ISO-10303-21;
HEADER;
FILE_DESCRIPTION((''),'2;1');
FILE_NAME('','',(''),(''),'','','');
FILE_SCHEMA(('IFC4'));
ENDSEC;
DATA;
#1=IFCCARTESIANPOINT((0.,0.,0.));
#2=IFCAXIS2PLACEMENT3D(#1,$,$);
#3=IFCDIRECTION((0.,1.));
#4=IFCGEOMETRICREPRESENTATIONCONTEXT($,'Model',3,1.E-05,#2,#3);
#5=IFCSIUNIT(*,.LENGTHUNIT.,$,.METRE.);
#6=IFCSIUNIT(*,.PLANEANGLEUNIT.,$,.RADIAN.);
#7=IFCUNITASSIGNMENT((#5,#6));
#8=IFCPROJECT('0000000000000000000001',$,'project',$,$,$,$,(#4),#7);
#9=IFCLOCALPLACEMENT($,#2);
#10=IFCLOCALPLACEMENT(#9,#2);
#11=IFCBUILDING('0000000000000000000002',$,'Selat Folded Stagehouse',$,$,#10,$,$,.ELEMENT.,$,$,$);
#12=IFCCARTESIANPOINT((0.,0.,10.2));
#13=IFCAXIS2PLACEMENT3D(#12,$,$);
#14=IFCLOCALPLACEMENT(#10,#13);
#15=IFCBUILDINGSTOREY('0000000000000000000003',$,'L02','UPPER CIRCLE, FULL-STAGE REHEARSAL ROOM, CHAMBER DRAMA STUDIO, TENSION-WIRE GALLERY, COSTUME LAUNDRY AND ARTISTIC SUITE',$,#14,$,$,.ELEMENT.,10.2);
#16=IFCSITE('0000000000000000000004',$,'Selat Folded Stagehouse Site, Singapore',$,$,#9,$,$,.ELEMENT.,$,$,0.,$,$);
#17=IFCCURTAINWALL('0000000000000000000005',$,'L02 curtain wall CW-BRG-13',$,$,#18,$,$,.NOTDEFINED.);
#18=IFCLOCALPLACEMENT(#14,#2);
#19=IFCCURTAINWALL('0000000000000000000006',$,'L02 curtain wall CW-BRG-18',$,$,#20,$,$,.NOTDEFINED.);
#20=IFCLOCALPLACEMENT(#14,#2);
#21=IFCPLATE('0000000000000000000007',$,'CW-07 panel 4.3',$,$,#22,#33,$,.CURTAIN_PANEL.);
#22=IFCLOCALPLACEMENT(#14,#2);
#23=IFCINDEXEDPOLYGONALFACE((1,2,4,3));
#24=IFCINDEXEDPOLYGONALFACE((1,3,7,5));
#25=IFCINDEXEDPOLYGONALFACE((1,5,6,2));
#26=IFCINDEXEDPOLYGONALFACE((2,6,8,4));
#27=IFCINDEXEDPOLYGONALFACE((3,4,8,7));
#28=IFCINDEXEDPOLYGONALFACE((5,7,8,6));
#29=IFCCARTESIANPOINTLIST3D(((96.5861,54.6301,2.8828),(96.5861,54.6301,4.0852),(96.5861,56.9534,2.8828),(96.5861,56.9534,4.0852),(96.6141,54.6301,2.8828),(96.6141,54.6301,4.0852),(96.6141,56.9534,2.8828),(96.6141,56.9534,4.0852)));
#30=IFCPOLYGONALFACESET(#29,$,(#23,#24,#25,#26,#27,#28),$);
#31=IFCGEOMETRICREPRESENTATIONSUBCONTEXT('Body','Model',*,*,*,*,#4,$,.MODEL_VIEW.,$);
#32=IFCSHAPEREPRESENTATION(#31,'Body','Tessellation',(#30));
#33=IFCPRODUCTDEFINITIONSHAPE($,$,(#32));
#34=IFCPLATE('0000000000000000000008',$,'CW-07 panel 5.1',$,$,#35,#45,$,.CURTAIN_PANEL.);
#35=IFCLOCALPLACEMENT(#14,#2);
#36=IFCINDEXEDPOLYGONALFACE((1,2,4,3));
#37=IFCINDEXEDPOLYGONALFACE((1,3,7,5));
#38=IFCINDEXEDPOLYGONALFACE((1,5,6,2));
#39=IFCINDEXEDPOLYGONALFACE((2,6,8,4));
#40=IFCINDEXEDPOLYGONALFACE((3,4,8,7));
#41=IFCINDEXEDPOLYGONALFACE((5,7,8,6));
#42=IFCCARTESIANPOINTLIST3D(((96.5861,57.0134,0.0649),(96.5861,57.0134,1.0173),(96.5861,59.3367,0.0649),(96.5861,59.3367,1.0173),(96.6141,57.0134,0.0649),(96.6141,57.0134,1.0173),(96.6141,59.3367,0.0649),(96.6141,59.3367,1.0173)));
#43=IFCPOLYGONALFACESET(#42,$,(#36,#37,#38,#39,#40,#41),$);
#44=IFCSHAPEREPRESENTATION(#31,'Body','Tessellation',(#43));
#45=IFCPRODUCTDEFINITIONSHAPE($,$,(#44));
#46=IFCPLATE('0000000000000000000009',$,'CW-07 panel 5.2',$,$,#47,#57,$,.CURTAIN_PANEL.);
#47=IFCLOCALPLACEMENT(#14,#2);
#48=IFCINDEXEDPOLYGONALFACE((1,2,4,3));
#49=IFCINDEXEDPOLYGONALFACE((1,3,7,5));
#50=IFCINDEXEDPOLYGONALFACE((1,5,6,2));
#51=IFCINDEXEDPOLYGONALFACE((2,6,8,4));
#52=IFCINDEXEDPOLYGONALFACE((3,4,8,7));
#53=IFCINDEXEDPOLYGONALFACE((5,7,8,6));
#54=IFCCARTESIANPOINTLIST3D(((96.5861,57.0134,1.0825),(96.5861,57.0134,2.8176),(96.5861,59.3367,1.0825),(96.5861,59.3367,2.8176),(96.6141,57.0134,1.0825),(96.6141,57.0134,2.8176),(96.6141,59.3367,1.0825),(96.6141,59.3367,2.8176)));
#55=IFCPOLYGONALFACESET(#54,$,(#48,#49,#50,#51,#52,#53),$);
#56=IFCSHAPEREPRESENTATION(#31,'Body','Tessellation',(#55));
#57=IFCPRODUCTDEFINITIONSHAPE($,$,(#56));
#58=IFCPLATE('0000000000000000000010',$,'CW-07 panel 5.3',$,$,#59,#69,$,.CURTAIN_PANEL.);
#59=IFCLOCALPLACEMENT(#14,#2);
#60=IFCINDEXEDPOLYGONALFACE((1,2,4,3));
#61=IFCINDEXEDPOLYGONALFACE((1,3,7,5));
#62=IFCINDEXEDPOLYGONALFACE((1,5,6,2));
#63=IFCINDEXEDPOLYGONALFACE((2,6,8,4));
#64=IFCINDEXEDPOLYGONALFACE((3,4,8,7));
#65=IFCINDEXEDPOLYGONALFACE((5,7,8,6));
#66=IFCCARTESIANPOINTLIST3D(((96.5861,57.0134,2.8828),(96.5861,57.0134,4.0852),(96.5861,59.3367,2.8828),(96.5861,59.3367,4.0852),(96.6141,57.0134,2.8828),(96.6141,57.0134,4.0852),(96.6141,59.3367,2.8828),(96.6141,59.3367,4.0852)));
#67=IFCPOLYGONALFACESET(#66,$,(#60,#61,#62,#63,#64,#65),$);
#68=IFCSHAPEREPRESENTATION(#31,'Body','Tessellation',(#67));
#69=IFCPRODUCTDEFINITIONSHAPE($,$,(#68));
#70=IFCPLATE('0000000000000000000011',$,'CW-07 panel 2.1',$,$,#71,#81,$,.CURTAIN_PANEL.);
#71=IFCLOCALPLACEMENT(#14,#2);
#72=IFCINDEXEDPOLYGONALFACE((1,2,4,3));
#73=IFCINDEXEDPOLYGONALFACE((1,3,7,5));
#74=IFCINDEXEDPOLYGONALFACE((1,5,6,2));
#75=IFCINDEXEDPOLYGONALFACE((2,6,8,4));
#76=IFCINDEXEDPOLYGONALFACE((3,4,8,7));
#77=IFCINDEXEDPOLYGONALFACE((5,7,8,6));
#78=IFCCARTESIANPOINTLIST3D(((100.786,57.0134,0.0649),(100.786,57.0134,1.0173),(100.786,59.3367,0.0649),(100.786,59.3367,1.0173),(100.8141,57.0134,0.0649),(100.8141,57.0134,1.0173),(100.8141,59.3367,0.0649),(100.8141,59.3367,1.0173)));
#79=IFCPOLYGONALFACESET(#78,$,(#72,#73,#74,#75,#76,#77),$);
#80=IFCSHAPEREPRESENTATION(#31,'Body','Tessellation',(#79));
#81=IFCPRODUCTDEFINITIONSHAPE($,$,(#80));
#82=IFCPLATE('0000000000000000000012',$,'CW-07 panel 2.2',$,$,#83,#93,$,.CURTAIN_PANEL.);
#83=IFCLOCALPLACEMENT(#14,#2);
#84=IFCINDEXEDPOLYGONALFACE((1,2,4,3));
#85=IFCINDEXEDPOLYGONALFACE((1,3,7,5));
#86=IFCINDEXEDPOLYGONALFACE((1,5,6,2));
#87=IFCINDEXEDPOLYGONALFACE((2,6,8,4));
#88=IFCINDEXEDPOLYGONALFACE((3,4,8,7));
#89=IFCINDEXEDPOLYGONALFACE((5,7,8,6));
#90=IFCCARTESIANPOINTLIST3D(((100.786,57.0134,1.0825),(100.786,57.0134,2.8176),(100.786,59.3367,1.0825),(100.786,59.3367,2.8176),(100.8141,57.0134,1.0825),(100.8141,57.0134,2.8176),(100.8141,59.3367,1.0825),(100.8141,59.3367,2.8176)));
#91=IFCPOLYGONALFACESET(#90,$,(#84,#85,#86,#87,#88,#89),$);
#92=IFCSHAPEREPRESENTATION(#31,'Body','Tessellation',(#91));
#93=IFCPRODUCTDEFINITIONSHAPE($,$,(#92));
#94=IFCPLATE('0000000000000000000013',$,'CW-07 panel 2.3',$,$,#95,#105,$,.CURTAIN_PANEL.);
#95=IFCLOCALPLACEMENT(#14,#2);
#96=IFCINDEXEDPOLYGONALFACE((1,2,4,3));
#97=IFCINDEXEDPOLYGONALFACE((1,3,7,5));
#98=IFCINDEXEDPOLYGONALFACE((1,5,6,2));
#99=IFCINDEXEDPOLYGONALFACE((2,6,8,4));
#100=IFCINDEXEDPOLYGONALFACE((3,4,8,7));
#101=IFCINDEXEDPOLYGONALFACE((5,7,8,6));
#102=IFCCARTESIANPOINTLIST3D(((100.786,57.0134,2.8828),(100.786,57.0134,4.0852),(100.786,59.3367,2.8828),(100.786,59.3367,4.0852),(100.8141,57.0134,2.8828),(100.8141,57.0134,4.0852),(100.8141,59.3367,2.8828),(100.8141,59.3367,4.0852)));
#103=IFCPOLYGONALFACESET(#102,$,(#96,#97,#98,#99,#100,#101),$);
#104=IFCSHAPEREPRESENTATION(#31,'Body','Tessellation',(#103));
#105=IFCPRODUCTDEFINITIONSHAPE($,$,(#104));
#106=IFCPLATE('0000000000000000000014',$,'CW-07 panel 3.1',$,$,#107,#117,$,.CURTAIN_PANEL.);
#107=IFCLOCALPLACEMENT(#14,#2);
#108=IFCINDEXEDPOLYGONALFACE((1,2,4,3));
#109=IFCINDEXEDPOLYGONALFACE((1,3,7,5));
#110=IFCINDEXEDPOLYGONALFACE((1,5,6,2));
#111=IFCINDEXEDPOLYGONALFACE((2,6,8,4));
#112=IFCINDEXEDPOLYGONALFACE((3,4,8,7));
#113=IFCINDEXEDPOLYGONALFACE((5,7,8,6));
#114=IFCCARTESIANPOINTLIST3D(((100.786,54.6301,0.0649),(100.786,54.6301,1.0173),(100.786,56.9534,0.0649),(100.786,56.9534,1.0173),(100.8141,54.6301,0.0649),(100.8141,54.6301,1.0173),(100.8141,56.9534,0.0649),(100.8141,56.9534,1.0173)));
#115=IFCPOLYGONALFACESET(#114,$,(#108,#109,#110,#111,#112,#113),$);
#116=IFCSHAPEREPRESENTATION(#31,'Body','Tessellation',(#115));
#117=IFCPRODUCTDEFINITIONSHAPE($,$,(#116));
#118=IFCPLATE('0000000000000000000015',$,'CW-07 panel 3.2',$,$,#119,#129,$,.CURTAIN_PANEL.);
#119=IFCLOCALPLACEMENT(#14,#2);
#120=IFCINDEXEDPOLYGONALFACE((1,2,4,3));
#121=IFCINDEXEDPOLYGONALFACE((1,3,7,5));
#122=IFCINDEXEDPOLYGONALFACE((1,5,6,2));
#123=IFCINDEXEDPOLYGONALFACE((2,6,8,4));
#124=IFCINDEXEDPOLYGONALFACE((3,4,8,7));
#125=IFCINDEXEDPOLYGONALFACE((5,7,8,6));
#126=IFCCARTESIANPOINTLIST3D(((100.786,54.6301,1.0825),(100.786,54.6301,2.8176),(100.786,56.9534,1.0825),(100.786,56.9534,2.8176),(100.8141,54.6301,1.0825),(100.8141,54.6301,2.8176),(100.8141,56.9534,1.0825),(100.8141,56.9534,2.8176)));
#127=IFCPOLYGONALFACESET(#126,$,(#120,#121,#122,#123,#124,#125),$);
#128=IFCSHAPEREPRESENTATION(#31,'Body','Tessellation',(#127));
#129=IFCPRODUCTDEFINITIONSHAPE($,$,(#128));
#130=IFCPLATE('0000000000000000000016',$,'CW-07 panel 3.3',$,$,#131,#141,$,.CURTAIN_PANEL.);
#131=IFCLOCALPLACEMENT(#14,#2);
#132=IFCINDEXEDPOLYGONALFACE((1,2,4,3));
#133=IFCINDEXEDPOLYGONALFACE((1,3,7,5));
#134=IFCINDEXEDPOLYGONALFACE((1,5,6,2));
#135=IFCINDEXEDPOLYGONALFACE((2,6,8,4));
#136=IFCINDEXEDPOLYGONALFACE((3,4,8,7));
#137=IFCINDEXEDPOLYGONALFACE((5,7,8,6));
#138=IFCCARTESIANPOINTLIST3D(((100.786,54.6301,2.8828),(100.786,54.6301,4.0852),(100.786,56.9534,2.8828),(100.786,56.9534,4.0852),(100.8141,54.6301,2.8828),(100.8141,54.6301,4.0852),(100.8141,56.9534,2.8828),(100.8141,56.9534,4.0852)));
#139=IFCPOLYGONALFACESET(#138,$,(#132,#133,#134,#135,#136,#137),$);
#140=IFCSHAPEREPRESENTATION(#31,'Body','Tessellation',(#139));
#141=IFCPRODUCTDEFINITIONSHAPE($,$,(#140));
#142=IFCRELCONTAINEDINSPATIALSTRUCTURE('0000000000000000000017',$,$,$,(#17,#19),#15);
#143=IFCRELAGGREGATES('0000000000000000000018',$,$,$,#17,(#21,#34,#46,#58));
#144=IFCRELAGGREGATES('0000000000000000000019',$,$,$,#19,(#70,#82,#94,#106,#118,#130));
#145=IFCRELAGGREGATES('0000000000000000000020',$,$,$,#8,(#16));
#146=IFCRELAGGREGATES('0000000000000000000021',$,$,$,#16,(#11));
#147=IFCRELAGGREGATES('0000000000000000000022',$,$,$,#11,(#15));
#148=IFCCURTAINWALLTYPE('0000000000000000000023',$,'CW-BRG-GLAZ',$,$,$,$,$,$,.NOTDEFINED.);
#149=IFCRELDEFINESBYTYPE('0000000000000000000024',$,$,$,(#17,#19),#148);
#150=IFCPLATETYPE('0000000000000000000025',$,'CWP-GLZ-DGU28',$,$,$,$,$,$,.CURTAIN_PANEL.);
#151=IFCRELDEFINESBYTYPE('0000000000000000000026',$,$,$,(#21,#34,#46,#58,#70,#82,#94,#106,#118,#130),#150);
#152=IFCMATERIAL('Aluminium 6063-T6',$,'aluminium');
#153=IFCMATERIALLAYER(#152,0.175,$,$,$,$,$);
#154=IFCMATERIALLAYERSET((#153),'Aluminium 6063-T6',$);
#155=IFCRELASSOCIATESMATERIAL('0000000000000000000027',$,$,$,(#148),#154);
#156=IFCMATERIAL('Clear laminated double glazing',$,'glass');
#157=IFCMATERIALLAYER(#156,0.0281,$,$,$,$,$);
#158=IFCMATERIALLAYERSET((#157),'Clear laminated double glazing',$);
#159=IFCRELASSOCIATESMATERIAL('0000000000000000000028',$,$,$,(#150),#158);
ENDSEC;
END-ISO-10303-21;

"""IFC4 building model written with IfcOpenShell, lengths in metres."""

from ifc_helpers import new_model, si_unit, direction, frame, origin, origin_2d, place, context, subcontext, project, spatial, rectangle, extrude, material, layer, layer_set, type_object, element, aggregate, save


model = new_model("IFC4")

# Units and contexts
model_context = context("Model", 3, precision=1e-05, world=origin(), true_north=direction((0.0, 1.0)))
body_context = subcontext(model_context, "Body", "Model", "MODEL_VIEW")
ifc_project = project(units=[si_unit("LENGTHUNIT", "METRE"), si_unit("PLANEANGLEUNIT", "RADIAN")], contexts=[model_context])

# Site, building, storey
site_placement = place(None, origin())
site = spatial("IfcSite", under=ifc_project, at=site_placement, Name="Selat Folded Stagehouse Site, Singapore", CompositionType="ELEMENT", RefElevation=0.0)
building_placement = place(site_placement, origin())
building = spatial("IfcBuilding", under=site, at=building_placement, Name="Selat Folded Stagehouse", CompositionType="ELEMENT")
storey_placement = place(building_placement, frame((0.0, 0.0, 10.2)))
storey = spatial("IfcBuildingStorey", under=building, at=storey_placement, Name="L02", Description="UPPER CIRCLE, FULL-STAGE REHEARSAL ROOM, CHAMBER DRAMA STUDIO, TENSION-WIRE GALLERY, COSTUME LAUNDRY AND ARTISTIC SUITE", CompositionType="ELEMENT", Elevation=10.2)

# Curtain walls
ifc_material_1 = material(Name="Aluminium 6063-T6", Category="aluminium")
ifc_layer_1 = layer(ifc_material_1, 0.175)
ifc_layer_set_1 = layer_set([ifc_layer_1], Name="Aluminium 6063-T6")
curtain_wall_type = type_object("IfcCurtainWallType", Name="CW-BRG-GLAZ", PredefinedType="NOTDEFINED", material=ifc_layer_set_1)
curtain_wall_1_placement = place(storey_placement, origin())
curtain_wall_1 = element("IfcCurtainWall", 1, at=curtain_wall_1_placement, inside=storey, type_object=curtain_wall_type, Name="L02 curtain wall CW-BRG-13", PredefinedType="NOTDEFINED")
curtain_wall_2_placement = place(storey_placement, origin())
curtain_wall_2 = element("IfcCurtainWall", 2, at=curtain_wall_2_placement, inside=storey, type_object=curtain_wall_type, Name="L02 curtain wall CW-BRG-18", PredefinedType="NOTDEFINED")

# Plates
ifc_material_2 = material(Name="Clear laminated double glazing", Category="glass")
ifc_layer_2 = layer(ifc_material_2, 0.0281)
ifc_layer_set_2 = layer_set([ifc_layer_2], Name="Clear laminated double glazing")
plate_type = type_object("IfcPlateType", Name="CWP-GLZ-DGU28", PredefinedType="CURTAIN_PANEL", material=ifc_layer_set_2)
plate_1_placement = place(storey_placement, frame((96.6001, 55.7917, 2.8828), z_axis=(0.0, 0.0, 1.0), x_axis=(0.0, 1.0, 0.0)))
plate_1 = element("IfcPlate", 3, at=plate_1_placement, type_object=plate_type, Name="CW-07 panel 4.3", PredefinedType="CURTAIN_PANEL", context=body_context, shape_type="SweptSolid", body=[
    extrude(rectangle(XDim=2.3232, YDim=0.0281, at=origin_2d()), origin(), (0.0, 0.0, 1.0), 1.2024),
])
plate_2_placement = place(storey_placement, frame((96.6001, 58.175, 0.0649), z_axis=(0.0, 0.0, 1.0), x_axis=(0.0, 1.0, 0.0)))
plate_2 = element("IfcPlate", 4, at=plate_2_placement, type_object=plate_type, Name="CW-07 panel 5.1", PredefinedType="CURTAIN_PANEL", context=body_context, shape_type="SweptSolid", body=[
    extrude(rectangle(XDim=2.3232, YDim=0.0281, at=origin_2d()), origin(), (0.0, 0.0, 1.0), 0.9524),
])
plate_3_placement = place(storey_placement, frame((96.6001, 58.175, 1.0825), z_axis=(0.0, 0.0, 1.0), x_axis=(0.0, 1.0, 0.0)))
plate_3 = element("IfcPlate", 5, at=plate_3_placement, type_object=plate_type, Name="CW-07 panel 5.2", PredefinedType="CURTAIN_PANEL", context=body_context, shape_type="SweptSolid", body=[
    extrude(rectangle(XDim=2.3232, YDim=0.0281, at=origin_2d()), origin(), (0.0, 0.0, 1.0), 1.7351),
])
plate_4_placement = place(storey_placement, frame((96.6001, 58.175, 2.8828), z_axis=(0.0, 0.0, 1.0), x_axis=(0.0, 1.0, 0.0)))
plate_4 = element("IfcPlate", 6, at=plate_4_placement, type_object=plate_type, Name="CW-07 panel 5.3", PredefinedType="CURTAIN_PANEL", context=body_context, shape_type="SweptSolid", body=[
    extrude(rectangle(XDim=2.3232, YDim=0.0281, at=origin_2d()), origin(), (0.0, 0.0, 1.0), 1.2024),
])
aggregate(curtain_wall_1, [plate_1, plate_2, plate_3, plate_4])
plate_5_placement = place(storey_placement, frame((100.8, 58.175, 0.0649), z_axis=(0.0, 0.0, 1.0), x_axis=(0.0, -1.0, 0.0)))
plate_5 = element("IfcPlate", 7, at=plate_5_placement, type_object=plate_type, Name="CW-07 panel 2.1", PredefinedType="CURTAIN_PANEL", context=body_context, shape_type="SweptSolid", body=[
    extrude(rectangle(XDim=2.3232, YDim=0.0281, at=origin_2d()), origin(), (0.0, 0.0, 1.0), 0.9524),
])
plate_6_placement = place(storey_placement, frame((100.8, 58.175, 1.0825), z_axis=(0.0, 0.0, 1.0), x_axis=(0.0, -1.0, 0.0)))
plate_6 = element("IfcPlate", 8, at=plate_6_placement, type_object=plate_type, Name="CW-07 panel 2.2", PredefinedType="CURTAIN_PANEL", context=body_context, shape_type="SweptSolid", body=[
    extrude(rectangle(XDim=2.3232, YDim=0.0281, at=origin_2d()), origin(), (0.0, 0.0, 1.0), 1.7351),
])
plate_7_placement = place(storey_placement, frame((100.8, 58.175, 2.8828), z_axis=(0.0, 0.0, 1.0), x_axis=(0.0, -1.0, 0.0)))
plate_7 = element("IfcPlate", 9, at=plate_7_placement, type_object=plate_type, Name="CW-07 panel 2.3", PredefinedType="CURTAIN_PANEL", context=body_context, shape_type="SweptSolid", body=[
    extrude(rectangle(XDim=2.3232, YDim=0.0281, at=origin_2d()), origin(), (0.0, 0.0, 1.0), 1.2024),
])
plate_8_placement = place(storey_placement, frame((100.8, 55.7917, 0.0649), z_axis=(0.0, 0.0, 1.0), x_axis=(0.0, -1.0, 0.0)))
plate_8 = element("IfcPlate", 10, at=plate_8_placement, type_object=plate_type, Name="CW-07 panel 3.1", PredefinedType="CURTAIN_PANEL", context=body_context, shape_type="SweptSolid", body=[
    extrude(rectangle(XDim=2.3232, YDim=0.0281, at=origin_2d()), origin(), (0.0, 0.0, 1.0), 0.9524),
])
plate_9_placement = place(storey_placement, frame((100.8, 55.7917, 1.0825), z_axis=(0.0, 0.0, 1.0), x_axis=(0.0, -1.0, 0.0)))
plate_9 = element("IfcPlate", 11, at=plate_9_placement, type_object=plate_type, Name="CW-07 panel 3.2", PredefinedType="CURTAIN_PANEL", context=body_context, shape_type="SweptSolid", body=[
    extrude(rectangle(XDim=2.3232, YDim=0.0281, at=origin_2d()), origin(), (0.0, 0.0, 1.0), 1.7351),
])
plate_10_placement = place(storey_placement, frame((100.8, 55.7917, 2.8828), z_axis=(0.0, 0.0, 1.0), x_axis=(0.0, -1.0, 0.0)))
plate_10 = element("IfcPlate", 12, at=plate_10_placement, type_object=plate_type, Name="CW-07 panel 3.3", PredefinedType="CURTAIN_PANEL", context=body_context, shape_type="SweptSolid", body=[
    extrude(rectangle(XDim=2.3232, YDim=0.0281, at=origin_2d()), origin(), (0.0, 0.0, 1.0), 1.2024),
])
aggregate(curtain_wall_2, [plate_5, plate_6, plate_7, plate_8, plate_9, plate_10])

save(model, "model.ifc")
